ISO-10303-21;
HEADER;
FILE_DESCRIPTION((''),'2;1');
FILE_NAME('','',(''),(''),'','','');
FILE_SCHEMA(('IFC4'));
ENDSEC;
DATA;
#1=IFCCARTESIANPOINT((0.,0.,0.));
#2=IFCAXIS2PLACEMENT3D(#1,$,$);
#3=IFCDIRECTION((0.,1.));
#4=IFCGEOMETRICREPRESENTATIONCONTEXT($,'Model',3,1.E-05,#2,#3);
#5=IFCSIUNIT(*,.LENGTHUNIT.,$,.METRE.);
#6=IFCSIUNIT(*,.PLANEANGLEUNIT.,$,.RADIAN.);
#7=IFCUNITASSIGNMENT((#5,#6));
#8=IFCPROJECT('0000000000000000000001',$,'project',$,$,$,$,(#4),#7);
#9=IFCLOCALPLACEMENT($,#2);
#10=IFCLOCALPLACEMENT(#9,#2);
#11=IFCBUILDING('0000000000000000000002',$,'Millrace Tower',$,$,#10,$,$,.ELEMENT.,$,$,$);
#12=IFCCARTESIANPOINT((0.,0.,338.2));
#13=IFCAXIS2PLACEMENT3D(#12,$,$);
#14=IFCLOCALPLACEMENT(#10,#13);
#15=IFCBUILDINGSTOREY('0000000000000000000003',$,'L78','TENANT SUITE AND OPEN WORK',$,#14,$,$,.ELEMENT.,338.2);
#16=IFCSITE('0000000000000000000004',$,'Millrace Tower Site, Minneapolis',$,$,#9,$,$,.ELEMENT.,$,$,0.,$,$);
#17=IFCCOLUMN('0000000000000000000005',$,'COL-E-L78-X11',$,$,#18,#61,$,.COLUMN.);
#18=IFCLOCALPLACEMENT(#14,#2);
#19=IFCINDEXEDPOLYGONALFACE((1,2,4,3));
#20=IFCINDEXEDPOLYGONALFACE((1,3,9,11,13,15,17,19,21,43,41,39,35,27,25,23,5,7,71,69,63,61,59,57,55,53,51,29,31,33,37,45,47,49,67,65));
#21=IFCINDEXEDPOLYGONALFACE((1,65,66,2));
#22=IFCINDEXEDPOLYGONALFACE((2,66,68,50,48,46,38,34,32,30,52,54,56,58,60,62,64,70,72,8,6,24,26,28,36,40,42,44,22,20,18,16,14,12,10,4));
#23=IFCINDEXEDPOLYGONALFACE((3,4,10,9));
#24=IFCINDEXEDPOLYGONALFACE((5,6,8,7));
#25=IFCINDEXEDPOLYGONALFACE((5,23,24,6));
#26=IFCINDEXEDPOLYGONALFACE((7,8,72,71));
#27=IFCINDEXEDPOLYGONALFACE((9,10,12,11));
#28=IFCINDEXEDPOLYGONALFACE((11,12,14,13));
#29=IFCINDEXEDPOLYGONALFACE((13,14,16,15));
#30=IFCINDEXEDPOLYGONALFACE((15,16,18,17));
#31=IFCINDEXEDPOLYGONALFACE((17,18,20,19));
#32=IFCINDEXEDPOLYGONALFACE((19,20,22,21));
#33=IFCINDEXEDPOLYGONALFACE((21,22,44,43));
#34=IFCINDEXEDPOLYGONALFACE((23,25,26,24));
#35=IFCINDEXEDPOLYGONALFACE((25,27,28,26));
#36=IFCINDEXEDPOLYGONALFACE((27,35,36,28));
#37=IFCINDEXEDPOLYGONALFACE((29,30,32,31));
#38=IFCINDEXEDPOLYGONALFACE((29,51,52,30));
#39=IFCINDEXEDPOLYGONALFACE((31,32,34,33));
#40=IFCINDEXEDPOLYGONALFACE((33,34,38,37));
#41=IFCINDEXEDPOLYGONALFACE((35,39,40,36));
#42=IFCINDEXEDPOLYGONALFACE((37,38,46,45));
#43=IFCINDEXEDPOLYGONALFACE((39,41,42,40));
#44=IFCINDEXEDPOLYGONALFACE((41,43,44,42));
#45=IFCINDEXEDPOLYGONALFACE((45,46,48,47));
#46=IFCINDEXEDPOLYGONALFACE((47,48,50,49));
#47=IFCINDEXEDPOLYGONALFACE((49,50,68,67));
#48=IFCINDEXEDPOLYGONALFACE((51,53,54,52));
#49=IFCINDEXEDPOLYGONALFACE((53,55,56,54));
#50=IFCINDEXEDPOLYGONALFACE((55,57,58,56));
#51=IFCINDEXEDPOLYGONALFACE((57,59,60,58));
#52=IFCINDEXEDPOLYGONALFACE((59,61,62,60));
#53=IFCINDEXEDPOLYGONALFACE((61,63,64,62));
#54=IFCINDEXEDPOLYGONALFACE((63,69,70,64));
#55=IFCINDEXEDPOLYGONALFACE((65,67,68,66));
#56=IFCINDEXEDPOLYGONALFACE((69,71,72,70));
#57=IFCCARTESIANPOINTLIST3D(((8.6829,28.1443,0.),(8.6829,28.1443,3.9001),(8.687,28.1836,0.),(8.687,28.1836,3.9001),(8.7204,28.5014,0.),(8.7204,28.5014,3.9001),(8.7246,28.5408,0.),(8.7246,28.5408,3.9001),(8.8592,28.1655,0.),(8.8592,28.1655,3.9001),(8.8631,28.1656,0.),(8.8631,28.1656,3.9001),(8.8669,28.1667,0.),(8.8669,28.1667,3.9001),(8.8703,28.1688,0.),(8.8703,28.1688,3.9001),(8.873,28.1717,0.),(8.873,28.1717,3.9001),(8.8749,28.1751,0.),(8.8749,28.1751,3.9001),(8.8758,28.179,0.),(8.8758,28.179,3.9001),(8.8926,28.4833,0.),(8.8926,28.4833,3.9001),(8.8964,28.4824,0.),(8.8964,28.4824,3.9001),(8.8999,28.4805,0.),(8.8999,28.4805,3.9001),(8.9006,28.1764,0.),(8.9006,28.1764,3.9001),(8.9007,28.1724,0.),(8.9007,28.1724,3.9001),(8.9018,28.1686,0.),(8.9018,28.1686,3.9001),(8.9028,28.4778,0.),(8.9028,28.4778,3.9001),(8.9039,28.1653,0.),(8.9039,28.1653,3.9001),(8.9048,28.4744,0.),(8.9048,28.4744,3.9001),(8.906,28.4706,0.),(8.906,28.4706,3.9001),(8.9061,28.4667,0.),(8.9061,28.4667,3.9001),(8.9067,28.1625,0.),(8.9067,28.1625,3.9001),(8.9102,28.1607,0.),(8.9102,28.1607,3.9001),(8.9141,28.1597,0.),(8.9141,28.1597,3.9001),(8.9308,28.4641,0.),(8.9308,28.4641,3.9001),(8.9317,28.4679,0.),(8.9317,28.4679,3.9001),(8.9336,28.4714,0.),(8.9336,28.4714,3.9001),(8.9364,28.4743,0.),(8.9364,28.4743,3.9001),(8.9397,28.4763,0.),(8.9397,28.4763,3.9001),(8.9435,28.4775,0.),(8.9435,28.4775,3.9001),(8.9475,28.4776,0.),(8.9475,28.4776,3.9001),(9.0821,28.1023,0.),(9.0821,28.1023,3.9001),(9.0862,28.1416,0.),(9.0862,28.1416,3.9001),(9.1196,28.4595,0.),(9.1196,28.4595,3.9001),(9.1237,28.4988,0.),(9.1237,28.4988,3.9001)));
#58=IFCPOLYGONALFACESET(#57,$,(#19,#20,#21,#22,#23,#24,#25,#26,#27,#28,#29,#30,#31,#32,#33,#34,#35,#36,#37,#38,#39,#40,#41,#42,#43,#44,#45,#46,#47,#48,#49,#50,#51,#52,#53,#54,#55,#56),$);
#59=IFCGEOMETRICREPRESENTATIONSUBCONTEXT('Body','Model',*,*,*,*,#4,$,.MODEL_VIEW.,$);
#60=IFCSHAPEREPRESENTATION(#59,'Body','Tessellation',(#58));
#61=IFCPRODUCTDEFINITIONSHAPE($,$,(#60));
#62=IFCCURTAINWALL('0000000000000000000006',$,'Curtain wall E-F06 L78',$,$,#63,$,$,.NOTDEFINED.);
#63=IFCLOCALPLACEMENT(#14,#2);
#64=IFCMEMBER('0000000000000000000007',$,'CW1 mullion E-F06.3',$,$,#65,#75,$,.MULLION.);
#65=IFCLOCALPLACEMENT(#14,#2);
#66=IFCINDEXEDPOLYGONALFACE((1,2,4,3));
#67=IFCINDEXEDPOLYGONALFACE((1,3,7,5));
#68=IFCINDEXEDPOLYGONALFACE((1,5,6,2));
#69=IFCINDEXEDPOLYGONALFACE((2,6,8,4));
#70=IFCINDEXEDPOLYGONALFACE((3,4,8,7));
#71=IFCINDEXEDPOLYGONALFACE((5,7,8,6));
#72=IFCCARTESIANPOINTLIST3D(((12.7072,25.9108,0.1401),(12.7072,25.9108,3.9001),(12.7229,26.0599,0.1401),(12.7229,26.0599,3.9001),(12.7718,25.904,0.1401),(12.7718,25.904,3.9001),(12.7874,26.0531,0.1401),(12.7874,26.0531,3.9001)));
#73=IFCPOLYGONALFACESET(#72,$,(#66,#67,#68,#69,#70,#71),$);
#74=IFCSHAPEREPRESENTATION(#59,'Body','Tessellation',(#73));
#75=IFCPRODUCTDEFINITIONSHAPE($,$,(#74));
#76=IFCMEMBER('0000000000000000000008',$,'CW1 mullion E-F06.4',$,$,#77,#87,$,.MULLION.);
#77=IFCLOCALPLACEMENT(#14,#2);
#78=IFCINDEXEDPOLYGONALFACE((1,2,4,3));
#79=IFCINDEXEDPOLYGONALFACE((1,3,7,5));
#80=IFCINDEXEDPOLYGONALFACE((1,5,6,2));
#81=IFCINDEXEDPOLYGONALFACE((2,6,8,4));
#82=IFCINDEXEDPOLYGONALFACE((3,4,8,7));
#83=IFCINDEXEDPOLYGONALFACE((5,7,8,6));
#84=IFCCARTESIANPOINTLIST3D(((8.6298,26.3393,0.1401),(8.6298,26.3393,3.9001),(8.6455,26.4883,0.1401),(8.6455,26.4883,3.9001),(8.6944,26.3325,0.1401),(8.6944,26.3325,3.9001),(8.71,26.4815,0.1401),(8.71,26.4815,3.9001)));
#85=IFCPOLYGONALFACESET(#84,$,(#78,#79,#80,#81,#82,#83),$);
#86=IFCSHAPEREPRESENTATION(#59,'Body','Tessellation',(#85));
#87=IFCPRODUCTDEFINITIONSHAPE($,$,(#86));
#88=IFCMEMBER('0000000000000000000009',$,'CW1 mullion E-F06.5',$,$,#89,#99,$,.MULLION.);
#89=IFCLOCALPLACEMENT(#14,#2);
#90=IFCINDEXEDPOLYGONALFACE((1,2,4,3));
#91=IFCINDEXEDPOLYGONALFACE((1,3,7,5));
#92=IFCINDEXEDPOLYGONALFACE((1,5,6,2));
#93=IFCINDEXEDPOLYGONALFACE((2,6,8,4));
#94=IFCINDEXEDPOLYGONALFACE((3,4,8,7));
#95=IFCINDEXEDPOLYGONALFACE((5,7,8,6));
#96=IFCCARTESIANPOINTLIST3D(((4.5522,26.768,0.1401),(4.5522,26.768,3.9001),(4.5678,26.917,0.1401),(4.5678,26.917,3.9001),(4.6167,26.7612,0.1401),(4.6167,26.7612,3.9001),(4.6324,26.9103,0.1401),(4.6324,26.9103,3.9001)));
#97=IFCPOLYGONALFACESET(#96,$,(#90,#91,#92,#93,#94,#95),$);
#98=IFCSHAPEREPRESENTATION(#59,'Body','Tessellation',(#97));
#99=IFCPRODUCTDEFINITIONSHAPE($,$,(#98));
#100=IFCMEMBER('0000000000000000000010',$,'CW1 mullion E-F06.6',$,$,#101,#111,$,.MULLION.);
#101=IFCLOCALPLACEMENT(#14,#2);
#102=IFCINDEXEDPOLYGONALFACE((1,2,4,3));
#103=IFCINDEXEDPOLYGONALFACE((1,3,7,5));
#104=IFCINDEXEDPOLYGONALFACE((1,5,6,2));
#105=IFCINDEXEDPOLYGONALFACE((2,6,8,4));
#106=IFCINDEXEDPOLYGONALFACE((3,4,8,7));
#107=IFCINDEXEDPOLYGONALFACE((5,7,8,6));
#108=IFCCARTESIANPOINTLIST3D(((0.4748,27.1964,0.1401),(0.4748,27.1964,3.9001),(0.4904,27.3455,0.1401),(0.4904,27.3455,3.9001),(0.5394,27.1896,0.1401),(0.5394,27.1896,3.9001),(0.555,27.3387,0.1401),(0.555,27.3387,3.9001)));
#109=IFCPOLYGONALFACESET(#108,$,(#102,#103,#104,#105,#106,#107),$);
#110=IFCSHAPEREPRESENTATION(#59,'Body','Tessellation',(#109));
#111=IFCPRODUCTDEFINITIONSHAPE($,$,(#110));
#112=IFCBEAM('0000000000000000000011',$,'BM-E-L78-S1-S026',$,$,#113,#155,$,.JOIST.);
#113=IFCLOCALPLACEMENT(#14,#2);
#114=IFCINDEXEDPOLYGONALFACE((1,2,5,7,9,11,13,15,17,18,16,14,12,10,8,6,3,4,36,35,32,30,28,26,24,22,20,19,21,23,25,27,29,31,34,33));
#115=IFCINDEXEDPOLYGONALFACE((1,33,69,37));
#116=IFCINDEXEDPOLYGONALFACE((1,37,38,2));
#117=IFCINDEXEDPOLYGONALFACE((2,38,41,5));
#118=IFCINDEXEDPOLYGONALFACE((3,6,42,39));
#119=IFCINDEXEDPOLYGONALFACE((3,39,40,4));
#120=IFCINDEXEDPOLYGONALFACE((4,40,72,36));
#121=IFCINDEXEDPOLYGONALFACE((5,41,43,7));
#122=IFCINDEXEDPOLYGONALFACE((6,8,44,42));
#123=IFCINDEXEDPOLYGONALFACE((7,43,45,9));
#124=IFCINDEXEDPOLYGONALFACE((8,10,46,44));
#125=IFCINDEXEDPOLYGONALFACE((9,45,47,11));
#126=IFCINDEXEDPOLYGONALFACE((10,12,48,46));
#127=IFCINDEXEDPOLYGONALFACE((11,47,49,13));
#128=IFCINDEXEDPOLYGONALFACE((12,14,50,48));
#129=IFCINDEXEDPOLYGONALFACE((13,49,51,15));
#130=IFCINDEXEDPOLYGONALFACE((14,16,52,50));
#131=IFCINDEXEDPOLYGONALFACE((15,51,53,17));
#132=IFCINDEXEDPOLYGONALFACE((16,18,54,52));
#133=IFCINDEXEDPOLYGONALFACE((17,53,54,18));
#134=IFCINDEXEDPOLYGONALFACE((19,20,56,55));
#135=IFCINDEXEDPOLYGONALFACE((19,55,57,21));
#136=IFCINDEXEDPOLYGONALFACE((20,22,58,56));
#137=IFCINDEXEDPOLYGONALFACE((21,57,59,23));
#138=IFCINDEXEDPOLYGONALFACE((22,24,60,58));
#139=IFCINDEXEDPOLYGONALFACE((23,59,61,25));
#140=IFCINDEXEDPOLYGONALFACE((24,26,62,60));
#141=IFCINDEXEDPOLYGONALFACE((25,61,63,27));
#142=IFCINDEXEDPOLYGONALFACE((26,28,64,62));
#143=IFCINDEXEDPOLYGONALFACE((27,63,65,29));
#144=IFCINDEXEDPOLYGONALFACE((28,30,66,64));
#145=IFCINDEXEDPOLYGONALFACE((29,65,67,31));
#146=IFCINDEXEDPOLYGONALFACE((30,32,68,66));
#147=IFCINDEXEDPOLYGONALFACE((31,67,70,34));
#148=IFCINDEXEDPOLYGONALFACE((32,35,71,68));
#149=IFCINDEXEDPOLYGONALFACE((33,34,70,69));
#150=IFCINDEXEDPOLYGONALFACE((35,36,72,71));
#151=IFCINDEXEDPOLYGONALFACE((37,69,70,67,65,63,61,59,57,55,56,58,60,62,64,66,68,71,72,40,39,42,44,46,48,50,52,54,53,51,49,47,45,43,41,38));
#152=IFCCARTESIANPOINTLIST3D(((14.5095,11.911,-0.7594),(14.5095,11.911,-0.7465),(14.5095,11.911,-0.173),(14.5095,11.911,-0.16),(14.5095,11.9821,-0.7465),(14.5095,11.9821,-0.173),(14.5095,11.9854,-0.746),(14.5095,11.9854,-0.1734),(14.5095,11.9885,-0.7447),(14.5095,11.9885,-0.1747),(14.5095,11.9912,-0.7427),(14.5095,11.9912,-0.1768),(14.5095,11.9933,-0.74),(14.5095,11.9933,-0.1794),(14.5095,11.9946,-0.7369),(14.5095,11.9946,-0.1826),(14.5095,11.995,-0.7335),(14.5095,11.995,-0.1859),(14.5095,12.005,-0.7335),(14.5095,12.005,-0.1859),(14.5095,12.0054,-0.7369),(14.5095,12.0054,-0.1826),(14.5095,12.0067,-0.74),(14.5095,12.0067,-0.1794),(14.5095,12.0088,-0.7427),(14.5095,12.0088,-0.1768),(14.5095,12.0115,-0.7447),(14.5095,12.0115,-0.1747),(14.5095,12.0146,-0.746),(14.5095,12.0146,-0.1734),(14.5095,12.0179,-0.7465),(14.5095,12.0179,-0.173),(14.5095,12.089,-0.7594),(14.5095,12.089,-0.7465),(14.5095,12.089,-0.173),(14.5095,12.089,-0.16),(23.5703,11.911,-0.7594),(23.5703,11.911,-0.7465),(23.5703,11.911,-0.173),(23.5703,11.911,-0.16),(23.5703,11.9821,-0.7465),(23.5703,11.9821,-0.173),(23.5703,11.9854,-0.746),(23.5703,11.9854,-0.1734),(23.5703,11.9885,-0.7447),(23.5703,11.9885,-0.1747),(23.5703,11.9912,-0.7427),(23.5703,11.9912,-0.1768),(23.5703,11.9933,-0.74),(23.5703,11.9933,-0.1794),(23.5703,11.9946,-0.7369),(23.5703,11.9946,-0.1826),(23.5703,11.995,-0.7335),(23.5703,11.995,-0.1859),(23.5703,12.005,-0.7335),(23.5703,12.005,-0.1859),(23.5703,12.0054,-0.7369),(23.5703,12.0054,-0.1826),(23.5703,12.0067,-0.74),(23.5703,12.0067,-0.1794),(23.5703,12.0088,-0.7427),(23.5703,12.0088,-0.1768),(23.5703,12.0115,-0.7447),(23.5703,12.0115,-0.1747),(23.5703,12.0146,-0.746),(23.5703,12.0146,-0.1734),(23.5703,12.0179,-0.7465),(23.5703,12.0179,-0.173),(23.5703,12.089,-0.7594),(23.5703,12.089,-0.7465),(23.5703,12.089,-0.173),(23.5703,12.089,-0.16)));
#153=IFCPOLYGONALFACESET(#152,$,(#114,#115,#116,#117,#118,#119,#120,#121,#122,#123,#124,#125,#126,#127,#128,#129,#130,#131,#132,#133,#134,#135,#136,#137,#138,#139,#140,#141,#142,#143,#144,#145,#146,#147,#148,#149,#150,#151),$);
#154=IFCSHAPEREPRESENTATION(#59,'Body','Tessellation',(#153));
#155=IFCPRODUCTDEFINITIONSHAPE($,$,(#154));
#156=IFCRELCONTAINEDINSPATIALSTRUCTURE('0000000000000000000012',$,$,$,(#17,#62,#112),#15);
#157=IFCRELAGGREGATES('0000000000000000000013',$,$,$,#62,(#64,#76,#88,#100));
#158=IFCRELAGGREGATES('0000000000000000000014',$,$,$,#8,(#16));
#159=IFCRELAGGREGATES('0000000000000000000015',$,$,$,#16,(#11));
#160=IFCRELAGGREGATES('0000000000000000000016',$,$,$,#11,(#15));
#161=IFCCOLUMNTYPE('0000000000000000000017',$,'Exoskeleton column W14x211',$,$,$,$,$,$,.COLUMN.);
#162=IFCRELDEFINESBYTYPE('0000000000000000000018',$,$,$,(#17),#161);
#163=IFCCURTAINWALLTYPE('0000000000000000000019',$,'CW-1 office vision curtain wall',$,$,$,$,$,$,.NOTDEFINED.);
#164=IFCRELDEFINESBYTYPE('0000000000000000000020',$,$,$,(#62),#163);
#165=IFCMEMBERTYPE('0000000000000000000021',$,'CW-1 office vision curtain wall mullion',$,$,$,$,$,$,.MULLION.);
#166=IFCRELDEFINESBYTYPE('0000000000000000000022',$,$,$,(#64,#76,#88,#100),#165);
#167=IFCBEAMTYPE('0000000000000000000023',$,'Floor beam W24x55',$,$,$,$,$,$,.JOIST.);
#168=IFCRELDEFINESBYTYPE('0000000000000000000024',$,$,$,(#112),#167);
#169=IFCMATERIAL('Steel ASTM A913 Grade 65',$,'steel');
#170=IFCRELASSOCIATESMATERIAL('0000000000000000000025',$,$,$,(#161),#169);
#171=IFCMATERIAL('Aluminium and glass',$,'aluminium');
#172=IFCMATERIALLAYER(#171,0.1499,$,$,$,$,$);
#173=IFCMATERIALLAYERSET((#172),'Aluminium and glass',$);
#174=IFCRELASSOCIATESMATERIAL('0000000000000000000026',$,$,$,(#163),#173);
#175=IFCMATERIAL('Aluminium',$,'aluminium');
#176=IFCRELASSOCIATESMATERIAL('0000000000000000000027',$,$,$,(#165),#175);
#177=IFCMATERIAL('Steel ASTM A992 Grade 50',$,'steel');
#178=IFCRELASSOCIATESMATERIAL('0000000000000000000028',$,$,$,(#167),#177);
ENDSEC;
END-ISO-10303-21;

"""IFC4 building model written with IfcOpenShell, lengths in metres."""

from ifc_helpers import new_model, si_unit, direction, frame, origin, origin_2d, place, context, subcontext, project, spatial, rectangle, i_section, extrude, material, layer, layer_set, material_profile, profile_set, type_object, element, aggregate, save


model = new_model("IFC4")

# Units and contexts
model_context = context("Model", 3, precision=1e-05, world=origin(), true_north=direction((0.0, 1.0)))
body_context = subcontext(model_context, "Body", "Model", "MODEL_VIEW")
ifc_project = project(units=[si_unit("LENGTHUNIT", "METRE"), si_unit("PLANEANGLEUNIT", "RADIAN")], contexts=[model_context])

# Site, building, storey
site_placement = place(None, origin())
site = spatial("IfcSite", under=ifc_project, at=site_placement, Name="Millrace Tower Site, Minneapolis", CompositionType="ELEMENT", RefElevation=0.0)
building_placement = place(site_placement, origin())
building = spatial("IfcBuilding", under=site, at=building_placement, Name="Millrace Tower", CompositionType="ELEMENT")
storey_placement = place(building_placement, frame((0.0, 0.0, 338.2)))
storey = spatial("IfcBuildingStorey", under=building, at=storey_placement, Name="L78", Description="TENANT SUITE AND OPEN WORK", CompositionType="ELEMENT", Elevation=338.2)

# Column
ifc_material_1 = material(Name="Steel ASTM A913 Grade 65", Category="steel")
ifc_material_profile_1 = material_profile(ifc_material_1, i_section(OverallWidth=0.4014, OverallDepth=0.3987, WebThickness=0.0249, FlangeThickness=0.0396, FilletRadius=0.0151, at=origin_2d()))
ifc_profile_set_1 = profile_set([ifc_material_profile_1], Name="Steel ASTM A913 Grade 65")
column_type = type_object("IfcColumnType", Name="Exoskeleton column W14x211", PredefinedType="COLUMN", material=ifc_profile_set_1)
column_placement = place(storey_placement, frame((8.9033, 28.3215, 0.0), z_axis=(0.0, 0.0, 1.0), x_axis=(-0.994522, 0.104528, 0.0)))
element("IfcColumn", 1, at=column_placement, inside=storey, type_object=column_type, Name="COL-E-L78-X11", PredefinedType="COLUMN", context=body_context, shape_type="SweptSolid", body=[
    extrude(i_section(OverallWidth=0.4014, OverallDepth=0.3987, WebThickness=0.0249, FlangeThickness=0.0396, FilletRadius=0.0151, at=origin_2d()), origin(), (0.0, 0.0, 1.0), 3.9001),
])

# Curtain wall, members
ifc_material_2 = material(Name="Aluminium and glass", Category="aluminium")
ifc_layer_1 = layer(ifc_material_2, 0.1499)
ifc_layer_set_1 = layer_set([ifc_layer_1], Name="Aluminium and glass")
curtain_wall_type = type_object("IfcCurtainWallType", Name="CW-1 office vision curtain wall", PredefinedType="NOTDEFINED", material=ifc_layer_set_1)
curtain_wall_placement = place(storey_placement, origin())
curtain_wall = element("IfcCurtainWall", 2, at=curtain_wall_placement, inside=storey, type_object=curtain_wall_type, Name="Curtain wall E-F06 L78", PredefinedType="NOTDEFINED")
ifc_material_3 = material(Name="Aluminium", Category="aluminium")
ifc_material_profile_2 = material_profile(ifc_material_3, rectangle(XDim=0.0649, YDim=0.1499, at=origin_2d()))
ifc_profile_set_2 = profile_set([ifc_material_profile_2], Name="Aluminium")
member_type = type_object("IfcMemberType", Name="CW-1 office vision curtain wall mullion", PredefinedType="MULLION", material=ifc_profile_set_2)
member_1_placement = place(storey_placement, frame((12.7473, 25.9819, 0.1401), z_axis=(0.0, 0.0, 1.0), x_axis=(-0.994522, 0.104528, 0.0)))
member_1 = element("IfcMember", 3, at=member_1_placement, type_object=member_type, Name="CW1 mullion E-F06.3", PredefinedType="MULLION", context=body_context, shape_type="SweptSolid", body=[
    extrude(rectangle(XDim=0.0649, YDim=0.1499, at=origin_2d()), origin(), (0.0, 0.0, 1.0), 3.76),
])
member_2_placement = place(storey_placement, frame((8.6699, 26.4104, 0.1401), z_axis=(0.0, 0.0, 1.0), x_axis=(-0.994522, 0.104528, 0.0)))
member_2 = element("IfcMember", 4, at=member_2_placement, type_object=member_type, Name="CW1 mullion E-F06.4", PredefinedType="MULLION", context=body_context, shape_type="SweptSolid", body=[
    extrude(rectangle(XDim=0.0649, YDim=0.1499, at=origin_2d()), origin(), (0.0, 0.0, 1.0), 3.76),
])
member_3_placement = place(storey_placement, frame((4.5923, 26.8391, 0.1401), z_axis=(0.0, 0.0, 1.0), x_axis=(-0.994522, 0.104528, 0.0)))
member_3 = element("IfcMember", 5, at=member_3_placement, type_object=member_type, Name="CW1 mullion E-F06.5", PredefinedType="MULLION", context=body_context, shape_type="SweptSolid", body=[
    extrude(rectangle(XDim=0.0649, YDim=0.1499, at=origin_2d()), origin(), (0.0, 0.0, 1.0), 3.76),
])
member_4_placement = place(storey_placement, frame((0.5149, 27.2676, 0.1401), z_axis=(0.0, 0.0, 1.0), x_axis=(-0.994522, 0.104528, 0.0)))
member_4 = element("IfcMember", 6, at=member_4_placement, type_object=member_type, Name="CW1 mullion E-F06.6", PredefinedType="MULLION", context=body_context, shape_type="SweptSolid", body=[
    extrude(rectangle(XDim=0.0649, YDim=0.1499, at=origin_2d()), origin(), (0.0, 0.0, 1.0), 3.76),
])
aggregate(curtain_wall, [member_1, member_2, member_3, member_4])

# Beam
ifc_material_4 = material(Name="Steel ASTM A992 Grade 50", Category="steel")
ifc_material_profile_3 = material_profile(ifc_material_4, i_section(OverallWidth=0.178, OverallDepth=0.5994, WebThickness=0.01, FlangeThickness=0.0129, FilletRadius=0.0129, at=origin_2d()))
ifc_profile_set_3 = profile_set([ifc_material_profile_3], Name="Steel ASTM A992 Grade 50")
beam_type_1 = type_object("IfcBeamType", Name="Floor beam W24x55", PredefinedType="JOIST", material=ifc_profile_set_3)
beam_1_placement = place(storey_placement, frame((14.5095, 12.0, -0.4597), z_axis=(1.0, 0.0, 0.0), x_axis=(0.0, 1.0, 0.0)))
element("IfcBeam", 7, at=beam_1_placement, inside=storey, type_object=beam_type_1, Name="BM-E-L78-S1-S026", PredefinedType="JOIST", context=body_context, shape_type="SweptSolid", body=[
    extrude(i_section(OverallWidth=0.178, OverallDepth=0.5994, WebThickness=0.01, FlangeThickness=0.0129, FilletRadius=0.0129, at=origin_2d()), origin(), (0.0, 0.0, 1.0), 9.0608),
])

save(model, "model.ifc")
